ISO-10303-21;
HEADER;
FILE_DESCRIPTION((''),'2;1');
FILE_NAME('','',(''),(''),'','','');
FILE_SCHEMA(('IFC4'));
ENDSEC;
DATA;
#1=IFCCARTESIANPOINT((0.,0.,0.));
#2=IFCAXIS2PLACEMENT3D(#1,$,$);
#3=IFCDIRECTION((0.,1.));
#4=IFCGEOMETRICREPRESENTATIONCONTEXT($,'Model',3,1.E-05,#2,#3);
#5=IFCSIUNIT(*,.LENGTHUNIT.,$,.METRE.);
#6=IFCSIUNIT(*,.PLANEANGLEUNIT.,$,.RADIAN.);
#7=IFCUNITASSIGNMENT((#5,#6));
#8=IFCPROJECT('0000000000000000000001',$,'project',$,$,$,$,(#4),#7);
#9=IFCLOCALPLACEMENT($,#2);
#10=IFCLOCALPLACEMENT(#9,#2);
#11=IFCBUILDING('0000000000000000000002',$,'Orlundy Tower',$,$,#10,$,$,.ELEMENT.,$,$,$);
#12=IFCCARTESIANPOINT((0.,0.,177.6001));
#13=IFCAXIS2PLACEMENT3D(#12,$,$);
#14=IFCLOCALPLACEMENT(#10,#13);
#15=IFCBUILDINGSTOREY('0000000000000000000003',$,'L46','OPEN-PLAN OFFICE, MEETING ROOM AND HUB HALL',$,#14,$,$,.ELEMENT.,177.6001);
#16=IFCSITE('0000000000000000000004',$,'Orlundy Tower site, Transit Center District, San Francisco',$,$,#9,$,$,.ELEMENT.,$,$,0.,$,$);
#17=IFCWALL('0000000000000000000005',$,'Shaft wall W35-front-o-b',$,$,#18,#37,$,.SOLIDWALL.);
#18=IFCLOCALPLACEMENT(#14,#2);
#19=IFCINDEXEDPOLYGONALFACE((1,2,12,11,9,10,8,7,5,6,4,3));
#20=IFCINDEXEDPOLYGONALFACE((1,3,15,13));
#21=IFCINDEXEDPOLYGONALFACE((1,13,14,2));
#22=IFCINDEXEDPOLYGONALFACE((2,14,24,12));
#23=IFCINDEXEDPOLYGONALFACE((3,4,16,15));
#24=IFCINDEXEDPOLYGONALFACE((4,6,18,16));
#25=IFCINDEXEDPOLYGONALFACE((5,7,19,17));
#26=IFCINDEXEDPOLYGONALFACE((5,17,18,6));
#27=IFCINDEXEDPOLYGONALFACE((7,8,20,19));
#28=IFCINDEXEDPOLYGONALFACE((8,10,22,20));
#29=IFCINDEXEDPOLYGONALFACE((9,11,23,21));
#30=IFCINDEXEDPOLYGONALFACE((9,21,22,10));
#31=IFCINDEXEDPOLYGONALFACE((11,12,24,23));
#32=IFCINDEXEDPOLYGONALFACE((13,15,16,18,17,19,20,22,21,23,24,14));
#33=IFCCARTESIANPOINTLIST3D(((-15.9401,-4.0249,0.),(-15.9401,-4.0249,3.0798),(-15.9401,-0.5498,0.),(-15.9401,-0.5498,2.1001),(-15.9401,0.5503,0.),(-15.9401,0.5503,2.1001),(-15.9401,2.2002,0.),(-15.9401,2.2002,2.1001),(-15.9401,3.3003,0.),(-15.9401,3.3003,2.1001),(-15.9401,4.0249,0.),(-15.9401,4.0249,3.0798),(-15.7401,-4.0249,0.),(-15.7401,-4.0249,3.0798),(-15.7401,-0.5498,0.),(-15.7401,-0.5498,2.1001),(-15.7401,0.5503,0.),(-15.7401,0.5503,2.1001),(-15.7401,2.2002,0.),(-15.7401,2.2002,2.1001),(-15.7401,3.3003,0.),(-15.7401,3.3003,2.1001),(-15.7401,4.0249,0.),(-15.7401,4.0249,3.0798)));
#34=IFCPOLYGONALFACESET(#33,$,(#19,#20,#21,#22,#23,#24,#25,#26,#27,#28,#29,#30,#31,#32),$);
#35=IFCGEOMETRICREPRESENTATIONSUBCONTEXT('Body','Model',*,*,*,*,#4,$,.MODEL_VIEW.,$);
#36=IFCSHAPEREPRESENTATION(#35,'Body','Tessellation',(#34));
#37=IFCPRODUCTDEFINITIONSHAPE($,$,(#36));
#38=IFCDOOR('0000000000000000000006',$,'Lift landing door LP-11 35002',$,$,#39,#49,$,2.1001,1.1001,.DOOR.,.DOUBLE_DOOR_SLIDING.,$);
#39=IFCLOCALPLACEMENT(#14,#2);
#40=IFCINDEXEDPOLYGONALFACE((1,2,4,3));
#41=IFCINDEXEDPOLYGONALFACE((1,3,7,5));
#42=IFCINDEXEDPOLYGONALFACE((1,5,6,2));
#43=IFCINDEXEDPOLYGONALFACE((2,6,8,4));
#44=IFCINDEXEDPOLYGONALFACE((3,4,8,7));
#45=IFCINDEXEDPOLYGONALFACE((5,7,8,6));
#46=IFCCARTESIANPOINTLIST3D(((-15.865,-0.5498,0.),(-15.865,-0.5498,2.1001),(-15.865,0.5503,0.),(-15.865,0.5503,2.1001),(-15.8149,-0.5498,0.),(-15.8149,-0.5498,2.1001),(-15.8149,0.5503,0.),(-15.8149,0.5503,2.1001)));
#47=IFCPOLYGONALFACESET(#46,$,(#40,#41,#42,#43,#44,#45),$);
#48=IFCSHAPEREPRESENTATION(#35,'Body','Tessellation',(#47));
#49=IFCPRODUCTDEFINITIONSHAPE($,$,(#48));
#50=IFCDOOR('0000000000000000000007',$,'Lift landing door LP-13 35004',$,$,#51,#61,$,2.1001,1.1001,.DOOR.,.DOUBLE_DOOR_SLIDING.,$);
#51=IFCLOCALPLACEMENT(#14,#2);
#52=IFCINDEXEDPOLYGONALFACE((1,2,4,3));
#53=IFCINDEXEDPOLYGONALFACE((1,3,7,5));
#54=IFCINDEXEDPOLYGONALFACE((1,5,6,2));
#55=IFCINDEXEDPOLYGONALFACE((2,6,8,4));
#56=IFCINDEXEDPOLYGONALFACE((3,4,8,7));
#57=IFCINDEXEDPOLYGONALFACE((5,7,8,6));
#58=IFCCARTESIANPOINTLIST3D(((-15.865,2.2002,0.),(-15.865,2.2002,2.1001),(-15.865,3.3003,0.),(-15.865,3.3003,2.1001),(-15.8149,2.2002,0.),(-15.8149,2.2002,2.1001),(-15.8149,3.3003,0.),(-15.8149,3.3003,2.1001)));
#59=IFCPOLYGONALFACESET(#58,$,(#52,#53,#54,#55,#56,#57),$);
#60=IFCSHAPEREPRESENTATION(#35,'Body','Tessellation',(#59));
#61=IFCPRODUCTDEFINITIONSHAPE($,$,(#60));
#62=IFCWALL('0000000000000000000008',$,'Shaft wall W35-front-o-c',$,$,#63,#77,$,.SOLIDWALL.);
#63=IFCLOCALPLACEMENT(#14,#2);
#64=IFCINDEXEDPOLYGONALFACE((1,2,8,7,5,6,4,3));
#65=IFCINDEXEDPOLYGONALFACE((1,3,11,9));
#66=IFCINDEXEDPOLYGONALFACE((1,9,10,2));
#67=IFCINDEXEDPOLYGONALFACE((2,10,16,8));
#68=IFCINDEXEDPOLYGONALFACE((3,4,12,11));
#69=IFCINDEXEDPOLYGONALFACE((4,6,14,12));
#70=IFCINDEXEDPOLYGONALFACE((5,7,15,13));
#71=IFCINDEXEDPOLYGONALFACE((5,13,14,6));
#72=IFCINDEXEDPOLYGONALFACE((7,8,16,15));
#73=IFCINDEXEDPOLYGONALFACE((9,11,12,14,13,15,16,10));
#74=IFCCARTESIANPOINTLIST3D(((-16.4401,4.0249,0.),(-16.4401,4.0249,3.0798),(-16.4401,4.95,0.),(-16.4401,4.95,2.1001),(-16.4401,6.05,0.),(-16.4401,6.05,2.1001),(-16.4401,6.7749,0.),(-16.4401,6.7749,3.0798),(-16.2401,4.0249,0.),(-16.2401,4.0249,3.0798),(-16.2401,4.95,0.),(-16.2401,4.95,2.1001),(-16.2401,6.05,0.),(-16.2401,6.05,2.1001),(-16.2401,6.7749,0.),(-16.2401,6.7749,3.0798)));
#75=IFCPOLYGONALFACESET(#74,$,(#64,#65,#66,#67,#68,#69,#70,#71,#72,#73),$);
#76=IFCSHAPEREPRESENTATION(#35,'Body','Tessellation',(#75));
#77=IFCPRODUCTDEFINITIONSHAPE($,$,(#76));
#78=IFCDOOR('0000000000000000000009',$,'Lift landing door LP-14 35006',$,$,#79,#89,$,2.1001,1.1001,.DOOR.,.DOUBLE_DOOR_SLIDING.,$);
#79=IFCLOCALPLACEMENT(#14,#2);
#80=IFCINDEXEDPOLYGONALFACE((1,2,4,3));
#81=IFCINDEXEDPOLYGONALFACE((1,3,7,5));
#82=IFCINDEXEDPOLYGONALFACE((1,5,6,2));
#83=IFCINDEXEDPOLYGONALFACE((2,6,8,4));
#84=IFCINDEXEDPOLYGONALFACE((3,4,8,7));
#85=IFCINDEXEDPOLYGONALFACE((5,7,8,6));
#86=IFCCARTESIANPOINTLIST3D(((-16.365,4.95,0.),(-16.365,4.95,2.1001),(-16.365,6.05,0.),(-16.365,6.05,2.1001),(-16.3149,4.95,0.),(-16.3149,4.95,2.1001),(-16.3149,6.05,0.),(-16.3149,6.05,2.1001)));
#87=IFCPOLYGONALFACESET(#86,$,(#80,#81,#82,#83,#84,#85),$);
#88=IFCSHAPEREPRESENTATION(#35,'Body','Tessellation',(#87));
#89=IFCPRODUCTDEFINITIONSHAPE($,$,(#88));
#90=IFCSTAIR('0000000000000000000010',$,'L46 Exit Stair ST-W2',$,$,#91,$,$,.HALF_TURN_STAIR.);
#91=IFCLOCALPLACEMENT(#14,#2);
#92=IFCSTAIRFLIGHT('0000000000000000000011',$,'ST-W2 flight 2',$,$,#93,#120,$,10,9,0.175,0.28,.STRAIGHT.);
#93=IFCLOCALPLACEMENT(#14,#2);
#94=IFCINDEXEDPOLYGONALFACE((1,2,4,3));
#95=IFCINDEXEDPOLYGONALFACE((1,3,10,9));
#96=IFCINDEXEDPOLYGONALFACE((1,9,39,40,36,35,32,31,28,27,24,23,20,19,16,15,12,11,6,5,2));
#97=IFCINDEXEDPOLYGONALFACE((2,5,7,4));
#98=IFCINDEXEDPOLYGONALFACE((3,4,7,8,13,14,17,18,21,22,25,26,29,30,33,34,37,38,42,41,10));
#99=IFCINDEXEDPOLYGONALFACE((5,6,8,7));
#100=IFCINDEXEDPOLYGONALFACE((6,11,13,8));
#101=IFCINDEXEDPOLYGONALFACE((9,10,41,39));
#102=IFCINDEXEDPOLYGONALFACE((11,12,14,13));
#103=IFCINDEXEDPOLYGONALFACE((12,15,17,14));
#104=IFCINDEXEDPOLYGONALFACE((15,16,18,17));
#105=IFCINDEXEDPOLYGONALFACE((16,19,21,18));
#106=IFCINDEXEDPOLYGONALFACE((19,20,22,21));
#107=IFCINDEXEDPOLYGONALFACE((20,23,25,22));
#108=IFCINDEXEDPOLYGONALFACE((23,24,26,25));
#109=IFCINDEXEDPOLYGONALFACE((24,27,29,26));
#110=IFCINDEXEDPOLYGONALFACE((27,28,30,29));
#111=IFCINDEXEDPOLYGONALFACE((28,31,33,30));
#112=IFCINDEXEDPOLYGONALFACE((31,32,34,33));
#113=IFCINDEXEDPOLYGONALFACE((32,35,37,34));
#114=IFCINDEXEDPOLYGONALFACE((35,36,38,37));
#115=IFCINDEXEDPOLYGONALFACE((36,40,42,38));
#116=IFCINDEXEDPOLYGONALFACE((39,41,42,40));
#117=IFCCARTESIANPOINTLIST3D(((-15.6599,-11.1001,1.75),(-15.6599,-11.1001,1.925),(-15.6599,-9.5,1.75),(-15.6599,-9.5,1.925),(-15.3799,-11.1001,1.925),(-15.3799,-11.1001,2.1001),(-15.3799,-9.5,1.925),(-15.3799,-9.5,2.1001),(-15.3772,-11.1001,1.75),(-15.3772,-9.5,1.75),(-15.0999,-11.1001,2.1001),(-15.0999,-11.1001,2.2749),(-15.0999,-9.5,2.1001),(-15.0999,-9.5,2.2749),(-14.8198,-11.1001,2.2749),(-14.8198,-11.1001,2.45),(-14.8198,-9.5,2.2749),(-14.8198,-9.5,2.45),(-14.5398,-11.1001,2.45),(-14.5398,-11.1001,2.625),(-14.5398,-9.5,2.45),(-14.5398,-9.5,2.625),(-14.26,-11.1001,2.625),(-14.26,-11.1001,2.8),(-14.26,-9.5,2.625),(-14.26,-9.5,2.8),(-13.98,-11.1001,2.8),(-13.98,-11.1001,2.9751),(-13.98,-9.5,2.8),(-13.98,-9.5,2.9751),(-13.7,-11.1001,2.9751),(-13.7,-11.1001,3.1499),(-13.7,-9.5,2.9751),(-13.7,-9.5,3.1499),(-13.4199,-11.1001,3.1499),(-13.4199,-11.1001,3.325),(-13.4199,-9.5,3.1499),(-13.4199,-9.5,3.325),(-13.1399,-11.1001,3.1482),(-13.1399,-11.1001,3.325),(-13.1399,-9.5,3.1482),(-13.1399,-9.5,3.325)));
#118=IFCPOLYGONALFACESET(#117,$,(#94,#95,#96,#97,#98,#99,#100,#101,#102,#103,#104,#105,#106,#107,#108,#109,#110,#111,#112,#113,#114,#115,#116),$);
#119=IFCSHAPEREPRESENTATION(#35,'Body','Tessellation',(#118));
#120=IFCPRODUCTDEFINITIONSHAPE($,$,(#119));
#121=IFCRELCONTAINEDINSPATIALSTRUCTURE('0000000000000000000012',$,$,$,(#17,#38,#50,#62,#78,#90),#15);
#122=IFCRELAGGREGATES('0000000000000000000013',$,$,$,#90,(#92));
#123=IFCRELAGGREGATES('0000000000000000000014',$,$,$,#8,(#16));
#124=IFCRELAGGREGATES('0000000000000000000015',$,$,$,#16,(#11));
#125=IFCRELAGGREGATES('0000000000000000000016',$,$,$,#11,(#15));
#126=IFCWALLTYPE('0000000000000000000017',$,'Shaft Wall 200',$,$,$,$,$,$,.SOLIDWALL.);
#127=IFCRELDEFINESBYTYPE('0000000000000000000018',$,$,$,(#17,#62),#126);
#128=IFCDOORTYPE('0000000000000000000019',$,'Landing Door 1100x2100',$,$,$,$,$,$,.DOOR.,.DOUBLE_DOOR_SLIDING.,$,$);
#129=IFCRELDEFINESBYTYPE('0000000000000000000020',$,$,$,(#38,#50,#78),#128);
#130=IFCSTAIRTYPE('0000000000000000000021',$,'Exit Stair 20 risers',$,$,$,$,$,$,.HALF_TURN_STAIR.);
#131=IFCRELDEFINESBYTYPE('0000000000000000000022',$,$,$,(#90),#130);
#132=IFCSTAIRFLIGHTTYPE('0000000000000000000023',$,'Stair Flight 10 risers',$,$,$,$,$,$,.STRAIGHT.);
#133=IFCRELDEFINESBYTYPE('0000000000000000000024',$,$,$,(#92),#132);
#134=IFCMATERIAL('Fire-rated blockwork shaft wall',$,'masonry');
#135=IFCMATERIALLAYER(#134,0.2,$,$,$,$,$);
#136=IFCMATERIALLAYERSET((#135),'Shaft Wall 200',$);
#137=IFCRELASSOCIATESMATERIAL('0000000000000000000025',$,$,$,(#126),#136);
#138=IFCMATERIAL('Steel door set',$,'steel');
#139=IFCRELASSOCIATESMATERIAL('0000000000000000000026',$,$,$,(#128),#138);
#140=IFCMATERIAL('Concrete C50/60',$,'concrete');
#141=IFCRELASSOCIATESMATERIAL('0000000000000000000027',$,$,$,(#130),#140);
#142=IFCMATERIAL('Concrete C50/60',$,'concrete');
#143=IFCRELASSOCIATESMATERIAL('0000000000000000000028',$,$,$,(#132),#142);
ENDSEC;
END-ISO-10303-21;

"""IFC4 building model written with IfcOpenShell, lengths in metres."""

from ifc_helpers import new_model, si_unit, direction, frame, frame_2d, origin, place, context, subcontext, project, spatial, polyline, rectangle, outline, extrude, material, layer, layer_set, type_object, element, fill, aggregate, save


model = new_model("IFC4")

# Units and contexts
model_context = context("Model", 3, precision=1e-05, world=origin(), true_north=direction((0.0, 1.0)))
body_context = subcontext(model_context, "Body", "Model", "MODEL_VIEW")
ifc_project = project(units=[si_unit("LENGTHUNIT", "METRE"), si_unit("PLANEANGLEUNIT", "RADIAN")], contexts=[model_context])

# Site, building, storey
site_placement = place(None, origin())
site = spatial("IfcSite", under=ifc_project, at=site_placement, Name="Orlundy Tower site, Transit Center District, San Francisco", CompositionType="ELEMENT", RefElevation=0.0)
building_placement = place(site_placement, origin())
building = spatial("IfcBuilding", under=site, at=building_placement, Name="Orlundy Tower", CompositionType="ELEMENT")
storey_placement = place(building_placement, frame((0.0, 0.0, 177.6001)))
storey = spatial("IfcBuildingStorey", under=building, at=storey_placement, Name="L46", Description="OPEN-PLAN OFFICE, MEETING ROOM AND HUB HALL", CompositionType="ELEMENT", Elevation=177.6001)

# Shared definitions
ifc_material_1 = material(Name="Fire-rated blockwork shaft wall", Category="masonry")
ifc_layer_1 = layer(ifc_material_1, 0.2)
ifc_layer_set_1 = layer_set([ifc_layer_1], Name="Shaft Wall 200")
wall_type_1 = type_object("IfcWallType", Name="Shaft Wall 200", PredefinedType="SOLIDWALL", material=ifc_layer_set_1)

# Shared definitions
ifc_material_2 = material(Name="Steel door set", Category="steel")
door_type_1 = type_object("IfcDoorType", Name="Landing Door 1100x2100", OperationType="DOUBLE_DOOR_SLIDING", PredefinedType="DOOR", material=ifc_material_2)

# Wall, openings, doors
wall_1_placement = place(storey_placement, frame((-15.8401, -4.0249, 0.0), z_axis=(0.0, 0.0, 1.0), x_axis=(0.0, 1.0, 0.0)))
wall_1 = element("IfcWall", 1, at=wall_1_placement, inside=storey, type_object=wall_type_1, Name="Shaft wall W35-front-o-b", PredefinedType="SOLIDWALL", context=body_context, shape_type="SweptSolid", body=[
    extrude(rectangle(XDim=8.0498, YDim=0.2, at=frame_2d((4.0249, 0.0))), origin(), (0.0, 0.0, 1.0), 3.0798),
])
opening_1_placement = place(wall_1_placement, frame((3.4751, 0.0, 0.0)))
opening_1 = element("IfcOpeningElement", 2, at=opening_1_placement, cuts=wall_1, PredefinedType="OPENING", context=body_context, shape_type="SweptSolid", body=[
    extrude(rectangle(XDim=1.1001, YDim=2.1001, at=frame_2d((0.55, 1.05))), frame((0.0, 0.1101, 0.0), z_axis=(0.0, -1.0, 0.0), x_axis=(1.0, 0.0, 0.0)), (0.0, 0.0, 1.0), 0.2202),
])
opening_2_placement = place(wall_1_placement, frame((6.2251, 0.0, 0.0)))
opening_2 = element("IfcOpeningElement", 3, at=opening_2_placement, cuts=wall_1, PredefinedType="OPENING", context=body_context, shape_type="SweptSolid", body=[
    extrude(rectangle(XDim=1.1001, YDim=2.1001, at=frame_2d((0.55, 1.05))), frame((0.0, 0.1101, 0.0), z_axis=(0.0, -1.0, 0.0), x_axis=(1.0, 0.0, 0.0)), (0.0, 0.0, 1.0), 0.2202),
])
door_1_placement = place(opening_1_placement, origin())
door_1 = element("IfcDoor", 4, at=door_1_placement, inside=storey, type_object=door_type_1, Name="Lift landing door LP-11 35002", OperationType="DOUBLE_DOOR_SLIDING", OverallHeight=2.1001, OverallWidth=1.1001, PredefinedType="DOOR", context=body_context, shape_type="SweptSolid", body=[
    extrude(rectangle(XDim=1.1001, YDim=2.1001, at=frame_2d((0.55, 1.05))), frame((0.0, 0.0249, 0.0), z_axis=(0.0, -1.0, 0.0), x_axis=(1.0, 0.0, 0.0)), (0.0, 0.0, 1.0), 0.05),
])
fill(opening_1, door_1)
door_2_placement = place(opening_2_placement, origin())
door_2 = element("IfcDoor", 5, at=door_2_placement, inside=storey, type_object=door_type_1, Name="Lift landing door LP-13 35004", OperationType="DOUBLE_DOOR_SLIDING", OverallHeight=2.1001, OverallWidth=1.1001, PredefinedType="DOOR", context=body_context, shape_type="SweptSolid", body=[
    extrude(rectangle(XDim=1.1001, YDim=2.1001, at=frame_2d((0.55, 1.05))), frame((0.0, 0.0249, 0.0), z_axis=(0.0, -1.0, 0.0), x_axis=(1.0, 0.0, 0.0)), (0.0, 0.0, 1.0), 0.05),
])
fill(opening_2, door_2)

# Wall, opening, door
wall_2_placement = place(storey_placement, frame((-16.3401, 4.0249, 0.0), z_axis=(0.0, 0.0, 1.0), x_axis=(0.0, 1.0, 0.0)))
wall_2 = element("IfcWall", 6, at=wall_2_placement, inside=storey, type_object=wall_type_1, Name="Shaft wall W35-front-o-c", PredefinedType="SOLIDWALL", context=body_context, shape_type="SweptSolid", body=[
    extrude(rectangle(XDim=2.75, YDim=0.2, at=frame_2d((1.375, 0.0))), origin(), (0.0, 0.0, 1.0), 3.0798),
])
opening_3_placement = place(wall_2_placement, frame((0.925, 0.0, 0.0)))
opening_3 = element("IfcOpeningElement", 7, at=opening_3_placement, cuts=wall_2, PredefinedType="OPENING", context=body_context, shape_type="SweptSolid", body=[
    extrude(rectangle(XDim=1.1001, YDim=2.1001, at=frame_2d((0.55, 1.05))), frame((0.0, 0.1101, 0.0), z_axis=(0.0, -1.0, 0.0), x_axis=(1.0, 0.0, 0.0)), (0.0, 0.0, 1.0), 0.2202),
])
door_3_placement = place(opening_3_placement, origin())
door_3 = element("IfcDoor", 8, at=door_3_placement, inside=storey, type_object=door_type_1, Name="Lift landing door LP-14 35006", OperationType="DOUBLE_DOOR_SLIDING", OverallHeight=2.1001, OverallWidth=1.1001, PredefinedType="DOOR", context=body_context, shape_type="SweptSolid", body=[
    extrude(rectangle(XDim=1.1001, YDim=2.1001, at=frame_2d((0.55, 1.05))), frame((0.0, 0.0249, 0.0), z_axis=(0.0, -1.0, 0.0), x_axis=(1.0, 0.0, 0.0)), (0.0, 0.0, 1.0), 0.05),
])
fill(opening_3, door_3)

# Stair, stair flight
ifc_material_3 = material(Name="Concrete C50/60", Category="concrete")
stair_type = type_object("IfcStairType", Name="Exit Stair 20 risers", PredefinedType="HALF_TURN_STAIR", material=ifc_material_3)
stair_placement = place(storey_placement, origin())
stair = element("IfcStair", 9, at=stair_placement, inside=storey, type_object=stair_type, Name="L46 Exit Stair ST-W2", PredefinedType="HALF_TURN_STAIR")
ifc_material_4 = material(Name="Concrete C50/60", Category="concrete")
stair_flight_type = type_object("IfcStairFlightType", Name="Stair Flight 10 risers", PredefinedType="STRAIGHT", material=ifc_material_4)
stair_flight_placement = place(storey_placement, frame((-15.6599, -10.3, 1.75), z_axis=(0.0, 0.0, 1.0), x_axis=(1.0, 0.0, 0.0)))
stair_flight = element("IfcStairFlight", 10, at=stair_flight_placement, type_object=stair_flight_type, Name="ST-W2 flight 2", NumberOfRisers=10, NumberOfTreads=9, PredefinedType="STRAIGHT", RiserHeight=0.175, TreadLength=0.28, context=body_context, shape_type="SweptSolid", body=[
    extrude(outline(polyline([(0.0, 0.0), (0.0, 0.175), (0.28, 0.175), (0.28, 0.3501), (0.5601, 0.3501), (0.5601, 0.5249), (0.8401, 0.5249), (0.8401, 0.7), (1.1201, 0.7), (1.1201, 0.875), (1.3999, 0.875), (1.3999, 1.05), (1.6799, 1.05), (1.6799, 1.2251), (1.96, 1.2251), (1.96, 1.3999), (2.24, 1.3999), (2.24, 1.575), (2.52, 1.575), (2.52, 1.75), (2.52, 1.3982), (0.2827, 0.0), (0.0, 0.0)])), frame((0.0, 0.8, 0.0), z_axis=(0.0, -1.0, 0.0), x_axis=(1.0, 0.0, 0.0)), (0.0, 0.0, 1.0), 1.6001),
])
aggregate(stair, [stair_flight])

save(model, "model.ifc")
